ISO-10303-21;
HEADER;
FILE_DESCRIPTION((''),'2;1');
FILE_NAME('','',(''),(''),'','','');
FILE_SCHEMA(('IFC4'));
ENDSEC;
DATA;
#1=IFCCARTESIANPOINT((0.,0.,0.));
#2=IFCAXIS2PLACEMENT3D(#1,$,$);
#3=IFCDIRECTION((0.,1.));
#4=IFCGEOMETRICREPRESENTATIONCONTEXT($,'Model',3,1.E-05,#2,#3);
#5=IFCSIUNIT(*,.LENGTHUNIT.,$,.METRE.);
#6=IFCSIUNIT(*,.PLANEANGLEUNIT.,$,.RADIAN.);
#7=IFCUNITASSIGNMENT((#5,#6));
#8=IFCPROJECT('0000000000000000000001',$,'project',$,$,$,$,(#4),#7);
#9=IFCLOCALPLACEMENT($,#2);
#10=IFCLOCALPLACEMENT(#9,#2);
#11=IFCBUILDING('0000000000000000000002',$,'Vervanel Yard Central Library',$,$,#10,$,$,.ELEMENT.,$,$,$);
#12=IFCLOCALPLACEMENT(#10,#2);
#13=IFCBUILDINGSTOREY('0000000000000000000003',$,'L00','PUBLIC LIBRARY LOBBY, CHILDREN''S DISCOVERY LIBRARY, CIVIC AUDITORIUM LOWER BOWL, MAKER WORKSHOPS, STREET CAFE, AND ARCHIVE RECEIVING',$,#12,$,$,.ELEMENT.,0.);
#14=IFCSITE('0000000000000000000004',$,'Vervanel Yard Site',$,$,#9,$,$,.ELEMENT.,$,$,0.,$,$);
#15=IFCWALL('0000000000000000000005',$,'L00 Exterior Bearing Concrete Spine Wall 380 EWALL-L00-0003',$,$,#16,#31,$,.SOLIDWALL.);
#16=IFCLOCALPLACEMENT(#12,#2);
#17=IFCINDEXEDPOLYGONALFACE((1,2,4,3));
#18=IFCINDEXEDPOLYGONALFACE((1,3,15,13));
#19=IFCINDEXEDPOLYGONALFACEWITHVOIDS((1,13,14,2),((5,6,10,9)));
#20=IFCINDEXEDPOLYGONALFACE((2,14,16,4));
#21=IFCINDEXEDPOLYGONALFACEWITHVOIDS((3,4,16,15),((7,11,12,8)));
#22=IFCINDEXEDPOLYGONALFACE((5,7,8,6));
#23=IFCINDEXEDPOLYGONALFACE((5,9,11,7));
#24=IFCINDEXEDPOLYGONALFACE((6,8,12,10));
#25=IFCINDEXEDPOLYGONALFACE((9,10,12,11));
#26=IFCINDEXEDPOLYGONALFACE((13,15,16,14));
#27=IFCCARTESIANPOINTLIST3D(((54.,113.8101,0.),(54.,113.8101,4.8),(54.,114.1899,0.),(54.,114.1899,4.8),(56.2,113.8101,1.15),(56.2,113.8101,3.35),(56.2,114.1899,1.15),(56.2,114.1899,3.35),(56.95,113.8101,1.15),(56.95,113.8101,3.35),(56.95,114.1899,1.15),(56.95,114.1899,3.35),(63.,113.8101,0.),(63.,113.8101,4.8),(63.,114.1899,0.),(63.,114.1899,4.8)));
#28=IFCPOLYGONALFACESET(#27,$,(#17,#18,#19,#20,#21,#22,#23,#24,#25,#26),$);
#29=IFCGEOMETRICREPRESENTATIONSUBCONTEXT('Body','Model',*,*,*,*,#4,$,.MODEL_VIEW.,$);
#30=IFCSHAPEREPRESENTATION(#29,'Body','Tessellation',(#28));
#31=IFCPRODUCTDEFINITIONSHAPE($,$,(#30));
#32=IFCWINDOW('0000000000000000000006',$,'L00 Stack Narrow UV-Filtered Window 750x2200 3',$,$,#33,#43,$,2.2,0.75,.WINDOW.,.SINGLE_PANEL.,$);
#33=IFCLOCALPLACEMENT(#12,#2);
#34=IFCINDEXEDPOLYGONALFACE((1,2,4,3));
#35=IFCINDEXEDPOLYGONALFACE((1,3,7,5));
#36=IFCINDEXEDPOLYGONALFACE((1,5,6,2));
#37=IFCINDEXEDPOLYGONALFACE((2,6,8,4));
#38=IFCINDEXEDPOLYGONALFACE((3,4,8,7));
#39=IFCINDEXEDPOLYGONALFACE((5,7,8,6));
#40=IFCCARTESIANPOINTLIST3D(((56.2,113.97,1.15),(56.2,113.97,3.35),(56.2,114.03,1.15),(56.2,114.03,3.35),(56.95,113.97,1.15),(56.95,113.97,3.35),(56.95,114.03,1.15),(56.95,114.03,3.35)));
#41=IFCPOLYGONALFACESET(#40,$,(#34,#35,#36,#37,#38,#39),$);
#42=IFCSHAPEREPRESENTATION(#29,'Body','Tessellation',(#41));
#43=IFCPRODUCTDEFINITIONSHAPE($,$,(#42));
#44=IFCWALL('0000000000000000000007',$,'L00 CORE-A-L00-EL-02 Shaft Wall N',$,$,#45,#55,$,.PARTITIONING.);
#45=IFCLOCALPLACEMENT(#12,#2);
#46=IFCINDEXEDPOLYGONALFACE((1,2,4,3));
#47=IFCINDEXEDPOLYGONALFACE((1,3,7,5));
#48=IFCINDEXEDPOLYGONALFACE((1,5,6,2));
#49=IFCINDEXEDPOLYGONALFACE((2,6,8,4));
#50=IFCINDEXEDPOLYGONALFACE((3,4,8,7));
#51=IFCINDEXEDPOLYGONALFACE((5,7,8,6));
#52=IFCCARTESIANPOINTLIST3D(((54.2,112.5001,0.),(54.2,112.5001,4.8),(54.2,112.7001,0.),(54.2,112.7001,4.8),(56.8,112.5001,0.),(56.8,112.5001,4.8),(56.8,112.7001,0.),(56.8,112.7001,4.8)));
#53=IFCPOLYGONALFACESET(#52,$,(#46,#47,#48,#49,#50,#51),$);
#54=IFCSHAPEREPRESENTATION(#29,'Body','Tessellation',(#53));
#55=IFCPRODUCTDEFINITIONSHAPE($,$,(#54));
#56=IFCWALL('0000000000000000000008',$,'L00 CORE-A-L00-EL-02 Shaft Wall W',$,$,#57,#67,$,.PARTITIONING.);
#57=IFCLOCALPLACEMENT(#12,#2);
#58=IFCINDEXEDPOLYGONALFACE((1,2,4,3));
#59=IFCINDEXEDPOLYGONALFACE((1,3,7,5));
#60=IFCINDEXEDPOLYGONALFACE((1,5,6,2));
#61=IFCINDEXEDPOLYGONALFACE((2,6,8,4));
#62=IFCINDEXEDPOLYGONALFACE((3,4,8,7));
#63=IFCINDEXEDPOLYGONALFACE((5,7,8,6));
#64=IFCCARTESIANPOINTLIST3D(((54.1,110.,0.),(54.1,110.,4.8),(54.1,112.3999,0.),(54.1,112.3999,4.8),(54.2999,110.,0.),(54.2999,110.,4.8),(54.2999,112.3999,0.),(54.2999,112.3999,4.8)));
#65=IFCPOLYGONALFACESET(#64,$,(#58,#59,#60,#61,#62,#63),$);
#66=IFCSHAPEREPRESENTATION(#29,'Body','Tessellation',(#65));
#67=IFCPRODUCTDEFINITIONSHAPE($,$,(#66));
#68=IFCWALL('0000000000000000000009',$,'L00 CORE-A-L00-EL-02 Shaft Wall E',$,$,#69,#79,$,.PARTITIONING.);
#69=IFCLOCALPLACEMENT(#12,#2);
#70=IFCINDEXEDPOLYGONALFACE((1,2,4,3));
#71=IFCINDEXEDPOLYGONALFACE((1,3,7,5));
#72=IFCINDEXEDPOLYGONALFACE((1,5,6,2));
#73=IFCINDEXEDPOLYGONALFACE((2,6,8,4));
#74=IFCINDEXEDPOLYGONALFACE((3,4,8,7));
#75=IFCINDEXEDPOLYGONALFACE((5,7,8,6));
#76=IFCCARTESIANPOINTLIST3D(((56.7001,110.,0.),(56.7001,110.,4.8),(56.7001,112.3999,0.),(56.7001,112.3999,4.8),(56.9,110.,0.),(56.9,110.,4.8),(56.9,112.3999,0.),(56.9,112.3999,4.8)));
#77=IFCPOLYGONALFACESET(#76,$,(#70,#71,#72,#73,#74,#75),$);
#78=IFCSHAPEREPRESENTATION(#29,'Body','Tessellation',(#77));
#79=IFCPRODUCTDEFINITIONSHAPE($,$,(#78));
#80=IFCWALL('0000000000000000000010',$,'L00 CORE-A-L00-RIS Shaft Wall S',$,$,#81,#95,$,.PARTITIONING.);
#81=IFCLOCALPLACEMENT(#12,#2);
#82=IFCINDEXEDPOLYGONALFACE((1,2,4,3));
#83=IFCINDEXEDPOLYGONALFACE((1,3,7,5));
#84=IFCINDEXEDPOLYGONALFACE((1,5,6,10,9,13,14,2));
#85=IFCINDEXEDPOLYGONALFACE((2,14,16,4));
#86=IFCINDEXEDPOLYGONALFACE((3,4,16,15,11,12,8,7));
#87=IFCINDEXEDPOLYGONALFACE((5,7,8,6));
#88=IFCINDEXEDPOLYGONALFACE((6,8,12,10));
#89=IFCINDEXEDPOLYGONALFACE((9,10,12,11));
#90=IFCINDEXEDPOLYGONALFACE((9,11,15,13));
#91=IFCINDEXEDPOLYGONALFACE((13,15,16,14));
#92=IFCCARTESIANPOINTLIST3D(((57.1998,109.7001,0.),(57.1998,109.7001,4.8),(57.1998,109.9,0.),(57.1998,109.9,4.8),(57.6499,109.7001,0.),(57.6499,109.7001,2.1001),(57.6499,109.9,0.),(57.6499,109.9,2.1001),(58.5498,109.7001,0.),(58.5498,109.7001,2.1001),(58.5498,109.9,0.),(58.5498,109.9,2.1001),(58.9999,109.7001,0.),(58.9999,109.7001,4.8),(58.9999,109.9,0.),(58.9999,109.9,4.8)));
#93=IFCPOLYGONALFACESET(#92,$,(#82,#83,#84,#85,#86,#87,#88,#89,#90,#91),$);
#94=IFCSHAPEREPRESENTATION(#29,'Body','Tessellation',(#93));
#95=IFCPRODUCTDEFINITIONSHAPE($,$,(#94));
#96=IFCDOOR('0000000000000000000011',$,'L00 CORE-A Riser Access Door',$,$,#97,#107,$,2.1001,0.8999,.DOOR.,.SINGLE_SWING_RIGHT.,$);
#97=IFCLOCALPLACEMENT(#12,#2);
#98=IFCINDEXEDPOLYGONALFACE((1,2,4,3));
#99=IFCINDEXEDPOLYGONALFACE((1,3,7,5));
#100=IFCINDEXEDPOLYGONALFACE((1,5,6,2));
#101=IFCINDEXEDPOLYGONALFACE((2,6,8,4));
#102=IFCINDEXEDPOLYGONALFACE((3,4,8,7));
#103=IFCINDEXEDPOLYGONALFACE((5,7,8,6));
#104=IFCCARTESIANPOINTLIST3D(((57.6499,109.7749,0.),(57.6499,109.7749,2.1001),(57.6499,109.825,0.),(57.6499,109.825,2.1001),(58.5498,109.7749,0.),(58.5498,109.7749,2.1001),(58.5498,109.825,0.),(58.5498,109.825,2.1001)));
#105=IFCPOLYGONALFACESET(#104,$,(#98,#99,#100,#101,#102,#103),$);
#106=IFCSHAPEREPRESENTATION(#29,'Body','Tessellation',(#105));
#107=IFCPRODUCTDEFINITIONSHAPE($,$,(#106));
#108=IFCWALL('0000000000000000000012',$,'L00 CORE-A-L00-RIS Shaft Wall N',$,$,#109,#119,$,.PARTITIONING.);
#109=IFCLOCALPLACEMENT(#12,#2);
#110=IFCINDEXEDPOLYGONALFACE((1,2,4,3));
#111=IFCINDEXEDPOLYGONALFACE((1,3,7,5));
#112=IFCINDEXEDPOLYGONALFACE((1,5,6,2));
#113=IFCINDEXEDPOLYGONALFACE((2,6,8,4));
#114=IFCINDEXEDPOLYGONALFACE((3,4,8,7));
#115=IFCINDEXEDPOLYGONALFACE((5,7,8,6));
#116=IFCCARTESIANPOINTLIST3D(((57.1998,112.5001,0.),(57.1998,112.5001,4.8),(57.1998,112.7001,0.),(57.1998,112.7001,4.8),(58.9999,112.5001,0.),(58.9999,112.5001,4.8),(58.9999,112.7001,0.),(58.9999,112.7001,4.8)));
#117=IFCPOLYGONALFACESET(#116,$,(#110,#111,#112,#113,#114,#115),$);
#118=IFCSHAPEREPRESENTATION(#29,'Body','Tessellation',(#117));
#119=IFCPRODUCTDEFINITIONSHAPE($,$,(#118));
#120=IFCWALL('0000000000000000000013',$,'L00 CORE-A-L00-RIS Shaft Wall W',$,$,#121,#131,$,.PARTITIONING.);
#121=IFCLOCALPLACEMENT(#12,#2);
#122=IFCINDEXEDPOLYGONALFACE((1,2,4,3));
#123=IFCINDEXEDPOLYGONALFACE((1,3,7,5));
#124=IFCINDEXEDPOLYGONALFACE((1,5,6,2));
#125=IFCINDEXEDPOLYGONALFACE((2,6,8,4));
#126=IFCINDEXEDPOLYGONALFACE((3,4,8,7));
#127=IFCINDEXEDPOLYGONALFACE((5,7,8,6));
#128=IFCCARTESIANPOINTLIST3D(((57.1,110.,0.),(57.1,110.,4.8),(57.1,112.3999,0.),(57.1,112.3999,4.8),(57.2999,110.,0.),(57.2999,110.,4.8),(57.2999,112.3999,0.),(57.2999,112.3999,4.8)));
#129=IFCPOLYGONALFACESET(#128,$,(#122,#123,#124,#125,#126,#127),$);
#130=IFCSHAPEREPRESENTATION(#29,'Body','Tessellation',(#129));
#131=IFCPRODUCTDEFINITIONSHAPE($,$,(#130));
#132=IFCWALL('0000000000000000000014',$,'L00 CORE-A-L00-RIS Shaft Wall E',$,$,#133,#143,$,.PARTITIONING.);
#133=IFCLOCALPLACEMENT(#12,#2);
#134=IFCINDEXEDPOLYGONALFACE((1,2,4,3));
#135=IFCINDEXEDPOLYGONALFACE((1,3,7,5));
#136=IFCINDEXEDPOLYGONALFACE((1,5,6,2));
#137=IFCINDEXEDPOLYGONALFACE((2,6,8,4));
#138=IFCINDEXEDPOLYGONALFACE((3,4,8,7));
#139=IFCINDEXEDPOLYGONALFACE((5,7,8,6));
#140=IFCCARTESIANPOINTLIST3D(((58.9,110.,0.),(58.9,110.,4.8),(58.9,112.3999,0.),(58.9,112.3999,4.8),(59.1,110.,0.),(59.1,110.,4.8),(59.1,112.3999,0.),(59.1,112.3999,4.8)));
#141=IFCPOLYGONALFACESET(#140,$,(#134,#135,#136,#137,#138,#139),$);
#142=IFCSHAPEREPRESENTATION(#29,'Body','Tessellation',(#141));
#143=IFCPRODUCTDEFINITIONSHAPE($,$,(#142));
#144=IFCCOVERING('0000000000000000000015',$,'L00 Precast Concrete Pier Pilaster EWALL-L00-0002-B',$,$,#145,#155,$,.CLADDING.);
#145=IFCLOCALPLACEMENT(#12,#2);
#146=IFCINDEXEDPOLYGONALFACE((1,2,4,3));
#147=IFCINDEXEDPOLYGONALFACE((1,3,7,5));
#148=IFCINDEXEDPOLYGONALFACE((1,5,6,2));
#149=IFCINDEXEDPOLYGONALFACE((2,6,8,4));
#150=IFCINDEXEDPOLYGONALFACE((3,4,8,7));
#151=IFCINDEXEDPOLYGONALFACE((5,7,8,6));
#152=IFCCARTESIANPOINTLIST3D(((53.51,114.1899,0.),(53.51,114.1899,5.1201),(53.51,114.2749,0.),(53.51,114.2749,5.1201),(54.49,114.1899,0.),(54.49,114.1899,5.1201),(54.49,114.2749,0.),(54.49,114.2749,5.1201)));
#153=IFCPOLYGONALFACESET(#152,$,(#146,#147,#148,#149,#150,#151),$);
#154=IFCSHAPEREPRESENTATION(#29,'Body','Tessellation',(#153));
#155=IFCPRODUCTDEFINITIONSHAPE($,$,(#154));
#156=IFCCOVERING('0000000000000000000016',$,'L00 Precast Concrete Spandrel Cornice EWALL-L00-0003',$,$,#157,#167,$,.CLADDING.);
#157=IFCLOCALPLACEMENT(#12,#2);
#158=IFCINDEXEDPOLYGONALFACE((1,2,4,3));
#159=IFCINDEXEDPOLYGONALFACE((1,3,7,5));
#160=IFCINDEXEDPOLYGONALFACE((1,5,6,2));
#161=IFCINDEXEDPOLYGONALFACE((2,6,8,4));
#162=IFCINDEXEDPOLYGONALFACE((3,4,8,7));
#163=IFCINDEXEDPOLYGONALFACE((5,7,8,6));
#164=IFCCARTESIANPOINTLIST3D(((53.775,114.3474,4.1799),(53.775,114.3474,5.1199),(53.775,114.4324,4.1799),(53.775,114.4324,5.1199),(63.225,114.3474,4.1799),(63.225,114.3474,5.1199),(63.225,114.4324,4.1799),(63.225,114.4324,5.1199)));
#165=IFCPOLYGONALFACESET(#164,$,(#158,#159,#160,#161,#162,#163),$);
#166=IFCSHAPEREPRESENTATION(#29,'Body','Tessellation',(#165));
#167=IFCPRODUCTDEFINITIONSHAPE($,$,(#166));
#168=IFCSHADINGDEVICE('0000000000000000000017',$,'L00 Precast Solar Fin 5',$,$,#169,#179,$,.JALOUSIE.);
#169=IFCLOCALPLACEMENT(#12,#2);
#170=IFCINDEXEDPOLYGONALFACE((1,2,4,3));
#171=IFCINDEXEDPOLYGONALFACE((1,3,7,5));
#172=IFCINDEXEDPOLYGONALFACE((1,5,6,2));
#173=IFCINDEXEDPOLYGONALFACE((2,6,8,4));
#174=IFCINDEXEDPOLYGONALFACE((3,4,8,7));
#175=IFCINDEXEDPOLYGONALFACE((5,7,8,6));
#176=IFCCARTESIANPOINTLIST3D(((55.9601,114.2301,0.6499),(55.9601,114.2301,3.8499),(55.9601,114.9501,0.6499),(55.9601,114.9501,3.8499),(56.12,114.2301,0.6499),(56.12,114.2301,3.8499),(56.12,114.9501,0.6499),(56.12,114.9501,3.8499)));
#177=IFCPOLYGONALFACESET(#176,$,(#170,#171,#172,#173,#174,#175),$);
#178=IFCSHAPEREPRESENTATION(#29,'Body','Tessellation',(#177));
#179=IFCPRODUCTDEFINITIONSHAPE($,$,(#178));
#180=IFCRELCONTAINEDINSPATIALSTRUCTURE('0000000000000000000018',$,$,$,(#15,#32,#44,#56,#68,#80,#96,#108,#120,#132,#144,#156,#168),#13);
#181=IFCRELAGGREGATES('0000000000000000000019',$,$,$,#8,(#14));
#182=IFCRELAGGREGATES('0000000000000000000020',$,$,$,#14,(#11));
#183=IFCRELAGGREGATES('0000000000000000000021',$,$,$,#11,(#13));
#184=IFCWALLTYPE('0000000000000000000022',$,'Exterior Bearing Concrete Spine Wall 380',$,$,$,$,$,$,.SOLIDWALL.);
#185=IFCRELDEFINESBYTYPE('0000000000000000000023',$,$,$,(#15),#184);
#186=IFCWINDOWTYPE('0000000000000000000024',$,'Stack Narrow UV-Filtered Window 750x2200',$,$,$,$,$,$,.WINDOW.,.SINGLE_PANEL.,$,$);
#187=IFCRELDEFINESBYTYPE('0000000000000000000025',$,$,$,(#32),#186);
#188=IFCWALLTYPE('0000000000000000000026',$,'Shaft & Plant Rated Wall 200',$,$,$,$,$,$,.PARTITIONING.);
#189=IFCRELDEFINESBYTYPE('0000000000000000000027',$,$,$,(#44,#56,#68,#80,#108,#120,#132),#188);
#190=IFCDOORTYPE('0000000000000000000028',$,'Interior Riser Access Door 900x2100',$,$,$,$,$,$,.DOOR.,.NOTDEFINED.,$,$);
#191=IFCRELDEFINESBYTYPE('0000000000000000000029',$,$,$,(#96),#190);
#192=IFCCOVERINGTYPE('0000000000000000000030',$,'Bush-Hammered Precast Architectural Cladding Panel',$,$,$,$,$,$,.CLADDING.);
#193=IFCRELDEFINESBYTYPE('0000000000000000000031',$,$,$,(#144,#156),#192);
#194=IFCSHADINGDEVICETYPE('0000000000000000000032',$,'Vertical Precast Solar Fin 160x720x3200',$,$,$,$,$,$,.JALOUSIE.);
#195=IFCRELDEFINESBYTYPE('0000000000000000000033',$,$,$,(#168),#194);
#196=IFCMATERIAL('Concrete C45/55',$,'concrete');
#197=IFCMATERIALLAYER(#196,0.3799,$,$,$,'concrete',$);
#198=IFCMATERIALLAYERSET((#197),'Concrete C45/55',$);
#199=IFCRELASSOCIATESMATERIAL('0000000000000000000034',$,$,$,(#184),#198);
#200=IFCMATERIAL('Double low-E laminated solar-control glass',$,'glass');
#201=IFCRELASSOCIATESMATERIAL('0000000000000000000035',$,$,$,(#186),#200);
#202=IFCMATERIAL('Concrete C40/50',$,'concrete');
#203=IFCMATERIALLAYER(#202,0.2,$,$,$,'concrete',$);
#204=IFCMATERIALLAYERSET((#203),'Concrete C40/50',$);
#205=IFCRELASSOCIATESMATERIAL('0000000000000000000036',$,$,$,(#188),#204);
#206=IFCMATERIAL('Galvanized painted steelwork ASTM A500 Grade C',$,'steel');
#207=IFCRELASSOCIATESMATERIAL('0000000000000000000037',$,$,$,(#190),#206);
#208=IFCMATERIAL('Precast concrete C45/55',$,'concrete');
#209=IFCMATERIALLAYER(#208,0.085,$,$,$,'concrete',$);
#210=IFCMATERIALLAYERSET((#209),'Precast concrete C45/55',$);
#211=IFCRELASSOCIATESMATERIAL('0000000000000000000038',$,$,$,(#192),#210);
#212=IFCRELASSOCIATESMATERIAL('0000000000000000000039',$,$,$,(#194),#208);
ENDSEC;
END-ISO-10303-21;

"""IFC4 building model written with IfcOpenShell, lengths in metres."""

from ifc_helpers import new_model, si_unit, direction, frame, frame_2d, origin, origin_2d, place, context, subcontext, project, spatial, rectangle, extrude, material, layer, layer_set, type_object, element, fill, save


model = new_model("IFC4")

# Units and contexts
model_context = context("Model", 3, precision=1e-05, world=origin(), true_north=direction((0.0, 1.0)))
body_context = subcontext(model_context, "Body", "Model", "MODEL_VIEW")
ifc_project = project(units=[si_unit("LENGTHUNIT", "METRE"), si_unit("PLANEANGLEUNIT", "RADIAN")], contexts=[model_context])

# Site, building, storey
site_placement = place(None, origin())
site = spatial("IfcSite", under=ifc_project, at=site_placement, Name="Vervanel Yard Site", CompositionType="ELEMENT", RefElevation=0.0)
building_placement = place(site_placement, origin())
building = spatial("IfcBuilding", under=site, at=building_placement, Name="Vervanel Yard Central Library", CompositionType="ELEMENT")
storey_placement = place(building_placement, origin())
storey = spatial("IfcBuildingStorey", under=building, at=storey_placement, Name="L00", Description="PUBLIC LIBRARY LOBBY, CHILDREN'S DISCOVERY LIBRARY, CIVIC AUDITORIUM LOWER BOWL, MAKER WORKSHOPS, STREET CAFE, AND ARCHIVE RECEIVING", CompositionType="ELEMENT", Elevation=0.0)

# Shared definitions
ifc_material_1 = material(Name="Concrete C40/50", Category="concrete")

# Shared definitions
ifc_material_2 = material(Name="Concrete C45/55", Category="concrete")

# Wall, opening, window
ifc_layer_1 = layer(ifc_material_2, 0.3799, Category="concrete")
ifc_layer_set_1 = layer_set([ifc_layer_1], Name="Concrete C45/55")
wall_type_1 = type_object("IfcWallType", Name="Exterior Bearing Concrete Spine Wall 380", PredefinedType="SOLIDWALL", material=ifc_layer_set_1)
wall_1_placement = place(storey_placement, frame((54.0, 114.0, 0.0), z_axis=(0.0, 0.0, 1.0), x_axis=(1.0, 0.0, 0.0)))
wall_1 = element("IfcWall", 1, at=wall_1_placement, inside=storey, type_object=wall_type_1, Name="L00 Exterior Bearing Concrete Spine Wall 380 EWALL-L00-0003", PredefinedType="SOLIDWALL", context=body_context, shape_type="SweptSolid", body=[
    extrude(rectangle(XDim=9.0, YDim=0.3799, at=frame_2d((4.5, 0.0))), origin(), (0.0, 0.0, 1.0), 4.8),
])
opening_1_placement = place(wall_1_placement, frame((2.2, 0.0, 1.1499)))
opening_1 = element("IfcOpeningElement", 2, at=opening_1_placement, cuts=wall_1, PredefinedType="OPENING", context=body_context, shape_type="SweptSolid", body=[
    extrude(rectangle(XDim=0.75, YDim=2.2, at=frame_2d((0.375, 1.1001))), frame((0.0, 0.2, 0.0), z_axis=(0.0, -1.0, 0.0), x_axis=(1.0, 0.0, 0.0)), (0.0, 0.0, 1.0), 0.3999),
])
ifc_material_3 = material(Name="Double low-E laminated solar-control glass", Category="glass")
window_type = type_object("IfcWindowType", Name="Stack Narrow UV-Filtered Window 750x2200", PartitioningType="SINGLE_PANEL", PredefinedType="WINDOW", material=ifc_material_3)
window_placement = place(opening_1_placement, origin())
window = element("IfcWindow", 3, at=window_placement, inside=storey, type_object=window_type, Name="L00 Stack Narrow UV-Filtered Window 750x2200 3", OverallHeight=2.2, OverallWidth=0.75, PartitioningType="SINGLE_PANEL", PredefinedType="WINDOW", context=body_context, shape_type="SweptSolid", body=[
    extrude(rectangle(XDim=0.75, YDim=2.2, at=frame_2d((0.375, 1.1001))), frame((0.0, 0.03, 0.0), z_axis=(0.0, -1.0, 0.0), x_axis=(1.0, 0.0, 0.0)), (0.0, 0.0, 1.0), 0.0601),
])
fill(opening_1, window)

# Shared definitions
ifc_layer_2 = layer(ifc_material_1, 0.2, Category="concrete")
ifc_layer_set_2 = layer_set([ifc_layer_2], Name="Concrete C40/50")
wall_type_2 = type_object("IfcWallType", Name="Shaft & Plant Rated Wall 200", PredefinedType="PARTITIONING", material=ifc_layer_set_2)

# Walls
wall_2_placement = place(storey_placement, frame((54.2, 112.6001, 0.0), z_axis=(0.0, 0.0, 1.0), x_axis=(1.0, 0.0, 0.0)))
element("IfcWall", 4, at=wall_2_placement, inside=storey, type_object=wall_type_2, Name="L00 CORE-A-L00-EL-02 Shaft Wall N", PredefinedType="PARTITIONING", context=body_context, shape_type="SweptSolid", body=[
    extrude(rectangle(XDim=2.6001, YDim=0.2, at=frame_2d((1.3, 0.0))), origin(), (0.0, 0.0, 1.0), 4.8),
])
for number, where, z_axis, x_axis, name in (
    (5, (54.2, 110.0, 0.0), (0.0, 0.0, 1.0), (0.0, 1.0, 0.0), "L00 CORE-A-L00-EL-02 Shaft Wall W"),
    (6, (56.8, 110.0, 0.0), (0.0, 0.0, 1.0), (0.0, 1.0, 0.0), "L00 CORE-A-L00-EL-02 Shaft Wall E"),
):
    element("IfcWall", number, at=place(storey_placement, frame(where, z_axis=z_axis, x_axis=x_axis)), inside=storey, type_object=wall_type_2, Name=name, PredefinedType="PARTITIONING", context=body_context, shape_type="SweptSolid", body=[
        extrude(rectangle(XDim=2.3999, YDim=0.2, at=frame_2d((1.2, 0.0))), origin(), (0.0, 0.0, 1.0), 4.8),
    ])

# Wall, opening, door
wall_3_placement = place(storey_placement, frame((57.2, 109.8, 0.0), z_axis=(0.0, 0.0, 1.0), x_axis=(1.0, 0.0, 0.0)))
wall_3 = element("IfcWall", 7, at=wall_3_placement, inside=storey, type_object=wall_type_2, Name="L00 CORE-A-L00-RIS Shaft Wall S", PredefinedType="PARTITIONING", context=body_context, shape_type="SweptSolid", body=[
    extrude(rectangle(XDim=1.8, YDim=0.2, at=frame_2d((0.8999, 0.0))), origin(), (0.0, 0.0, 1.0), 4.8),
])
opening_2_placement = place(wall_3_placement, frame((0.45, 0.0, 0.0)))
opening_2 = element("IfcOpeningElement", 8, at=opening_2_placement, cuts=wall_3, PredefinedType="OPENING", context=body_context, shape_type="SweptSolid", body=[
    extrude(rectangle(XDim=0.8999, YDim=2.1001, at=frame_2d((0.45, 1.05))), frame((0.0, 0.1099, 0.0), z_axis=(0.0, -1.0, 0.0), x_axis=(1.0, 0.0, 0.0)), (0.0, 0.0, 1.0), 0.22),
])
ifc_material_4 = material(Name="Galvanized painted steelwork ASTM A500 Grade C", Category="steel")
door_type_1 = type_object("IfcDoorType", Name="Interior Riser Access Door 900x2100", OperationType="NOTDEFINED", PredefinedType="DOOR", material=ifc_material_4)
door_1_placement = place(opening_2_placement, origin())
door_1 = element("IfcDoor", 9, at=door_1_placement, inside=storey, type_object=door_type_1, Name="L00 CORE-A Riser Access Door", OperationType="SINGLE_SWING_RIGHT", OverallHeight=2.1001, OverallWidth=0.8999, PredefinedType="DOOR", context=body_context, shape_type="SweptSolid", body=[
    extrude(rectangle(XDim=0.8999, YDim=2.1001, at=frame_2d((0.45, 1.05))), frame((0.0, 0.0249, 0.0), z_axis=(0.0, -1.0, 0.0), x_axis=(1.0, 0.0, 0.0)), (0.0, 0.0, 1.0), 0.05),
])
fill(opening_2, door_1)

# Walls
wall_4_placement = place(storey_placement, frame((57.2, 112.6001, 0.0), z_axis=(0.0, 0.0, 1.0), x_axis=(1.0, 0.0, 0.0)))
element("IfcWall", 10, at=wall_4_placement, inside=storey, type_object=wall_type_2, Name="L00 CORE-A-L00-RIS Shaft Wall N", PredefinedType="PARTITIONING", context=body_context, shape_type="SweptSolid", body=[
    extrude(rectangle(XDim=1.8, YDim=0.2, at=frame_2d((0.8999, 0.0))), origin(), (0.0, 0.0, 1.0), 4.8),
])
for number, where, z_axis, x_axis, name in (
    (11, (57.2, 110.0, 0.0), (0.0, 0.0, 1.0), (0.0, 1.0, 0.0), "L00 CORE-A-L00-RIS Shaft Wall W"),
    (12, (59.0, 110.0, 0.0), (0.0, 0.0, 1.0), (0.0, 1.0, 0.0), "L00 CORE-A-L00-RIS Shaft Wall E"),
):
    element("IfcWall", number, at=place(storey_placement, frame(where, z_axis=z_axis, x_axis=x_axis)), inside=storey, type_object=wall_type_2, Name=name, PredefinedType="PARTITIONING", context=body_context, shape_type="SweptSolid", body=[
        extrude(rectangle(XDim=2.3999, YDim=0.2, at=frame_2d((1.2, 0.0))), origin(), (0.0, 0.0, 1.0), 4.8),
    ])

# Coverings
ifc_material_5 = material(Name="Precast concrete C45/55", Category="concrete")
ifc_layer_3 = layer(ifc_material_5, 0.085, Category="concrete")
ifc_layer_set_3 = layer_set([ifc_layer_3], Name="Precast concrete C45/55")
covering_type = type_object("IfcCoveringType", Name="Bush-Hammered Precast Architectural Cladding Panel", PredefinedType="CLADDING", material=ifc_layer_set_3)
covering_1_placement = place(storey_placement, frame((54.0, 114.2324, 0.0), z_axis=(0.0, 0.0, 1.0), x_axis=(1.0, 0.0, 0.0)))
element("IfcCovering", 13, at=covering_1_placement, inside=storey, type_object=covering_type, Name="L00 Precast Concrete Pier Pilaster EWALL-L00-0002-B", PredefinedType="CLADDING", context=body_context, shape_type="SweptSolid", body=[
    extrude(rectangle(XDim=0.98, YDim=0.085, at=origin_2d()), origin(), (0.0, 0.0, 1.0), 5.1201),
])
covering_2_placement = place(storey_placement, frame((58.5, 114.3899, 4.1799), z_axis=(0.0, 0.0, 1.0), x_axis=(1.0, 0.0, 0.0)))
element("IfcCovering", 14, at=covering_2_placement, inside=storey, type_object=covering_type, Name="L00 Precast Concrete Spandrel Cornice EWALL-L00-0003", PredefinedType="CLADDING", context=body_context, shape_type="SweptSolid", body=[
    extrude(rectangle(XDim=9.45, YDim=0.085, at=origin_2d()), origin(), (0.0, 0.0, 1.0), 0.9399),
])

# Shading device
shading_device_type = type_object("IfcShadingDeviceType", Name="Vertical Precast Solar Fin 160x720x3200", PredefinedType="JALOUSIE", material=ifc_material_5)
for number, where, z_axis, x_axis, name in (
    (15, (56.04, 114.5901, 0.6499), (0.0, 0.0, 1.0), (1.0, 0.0, 0.0), "L00 Precast Solar Fin 5"),
):
    element("IfcShadingDevice", number, at=place(storey_placement, frame(where, z_axis=z_axis, x_axis=x_axis)), inside=storey, type_object=shading_device_type, Name=name, PredefinedType="JALOUSIE", context=body_context, shape_type="SweptSolid", body=[
        extrude(rectangle(XDim=0.1599, YDim=0.72, at=origin_2d()), origin(), (0.0, 0.0, 1.0), 3.2),
    ])

save(model, "model.ifc")
